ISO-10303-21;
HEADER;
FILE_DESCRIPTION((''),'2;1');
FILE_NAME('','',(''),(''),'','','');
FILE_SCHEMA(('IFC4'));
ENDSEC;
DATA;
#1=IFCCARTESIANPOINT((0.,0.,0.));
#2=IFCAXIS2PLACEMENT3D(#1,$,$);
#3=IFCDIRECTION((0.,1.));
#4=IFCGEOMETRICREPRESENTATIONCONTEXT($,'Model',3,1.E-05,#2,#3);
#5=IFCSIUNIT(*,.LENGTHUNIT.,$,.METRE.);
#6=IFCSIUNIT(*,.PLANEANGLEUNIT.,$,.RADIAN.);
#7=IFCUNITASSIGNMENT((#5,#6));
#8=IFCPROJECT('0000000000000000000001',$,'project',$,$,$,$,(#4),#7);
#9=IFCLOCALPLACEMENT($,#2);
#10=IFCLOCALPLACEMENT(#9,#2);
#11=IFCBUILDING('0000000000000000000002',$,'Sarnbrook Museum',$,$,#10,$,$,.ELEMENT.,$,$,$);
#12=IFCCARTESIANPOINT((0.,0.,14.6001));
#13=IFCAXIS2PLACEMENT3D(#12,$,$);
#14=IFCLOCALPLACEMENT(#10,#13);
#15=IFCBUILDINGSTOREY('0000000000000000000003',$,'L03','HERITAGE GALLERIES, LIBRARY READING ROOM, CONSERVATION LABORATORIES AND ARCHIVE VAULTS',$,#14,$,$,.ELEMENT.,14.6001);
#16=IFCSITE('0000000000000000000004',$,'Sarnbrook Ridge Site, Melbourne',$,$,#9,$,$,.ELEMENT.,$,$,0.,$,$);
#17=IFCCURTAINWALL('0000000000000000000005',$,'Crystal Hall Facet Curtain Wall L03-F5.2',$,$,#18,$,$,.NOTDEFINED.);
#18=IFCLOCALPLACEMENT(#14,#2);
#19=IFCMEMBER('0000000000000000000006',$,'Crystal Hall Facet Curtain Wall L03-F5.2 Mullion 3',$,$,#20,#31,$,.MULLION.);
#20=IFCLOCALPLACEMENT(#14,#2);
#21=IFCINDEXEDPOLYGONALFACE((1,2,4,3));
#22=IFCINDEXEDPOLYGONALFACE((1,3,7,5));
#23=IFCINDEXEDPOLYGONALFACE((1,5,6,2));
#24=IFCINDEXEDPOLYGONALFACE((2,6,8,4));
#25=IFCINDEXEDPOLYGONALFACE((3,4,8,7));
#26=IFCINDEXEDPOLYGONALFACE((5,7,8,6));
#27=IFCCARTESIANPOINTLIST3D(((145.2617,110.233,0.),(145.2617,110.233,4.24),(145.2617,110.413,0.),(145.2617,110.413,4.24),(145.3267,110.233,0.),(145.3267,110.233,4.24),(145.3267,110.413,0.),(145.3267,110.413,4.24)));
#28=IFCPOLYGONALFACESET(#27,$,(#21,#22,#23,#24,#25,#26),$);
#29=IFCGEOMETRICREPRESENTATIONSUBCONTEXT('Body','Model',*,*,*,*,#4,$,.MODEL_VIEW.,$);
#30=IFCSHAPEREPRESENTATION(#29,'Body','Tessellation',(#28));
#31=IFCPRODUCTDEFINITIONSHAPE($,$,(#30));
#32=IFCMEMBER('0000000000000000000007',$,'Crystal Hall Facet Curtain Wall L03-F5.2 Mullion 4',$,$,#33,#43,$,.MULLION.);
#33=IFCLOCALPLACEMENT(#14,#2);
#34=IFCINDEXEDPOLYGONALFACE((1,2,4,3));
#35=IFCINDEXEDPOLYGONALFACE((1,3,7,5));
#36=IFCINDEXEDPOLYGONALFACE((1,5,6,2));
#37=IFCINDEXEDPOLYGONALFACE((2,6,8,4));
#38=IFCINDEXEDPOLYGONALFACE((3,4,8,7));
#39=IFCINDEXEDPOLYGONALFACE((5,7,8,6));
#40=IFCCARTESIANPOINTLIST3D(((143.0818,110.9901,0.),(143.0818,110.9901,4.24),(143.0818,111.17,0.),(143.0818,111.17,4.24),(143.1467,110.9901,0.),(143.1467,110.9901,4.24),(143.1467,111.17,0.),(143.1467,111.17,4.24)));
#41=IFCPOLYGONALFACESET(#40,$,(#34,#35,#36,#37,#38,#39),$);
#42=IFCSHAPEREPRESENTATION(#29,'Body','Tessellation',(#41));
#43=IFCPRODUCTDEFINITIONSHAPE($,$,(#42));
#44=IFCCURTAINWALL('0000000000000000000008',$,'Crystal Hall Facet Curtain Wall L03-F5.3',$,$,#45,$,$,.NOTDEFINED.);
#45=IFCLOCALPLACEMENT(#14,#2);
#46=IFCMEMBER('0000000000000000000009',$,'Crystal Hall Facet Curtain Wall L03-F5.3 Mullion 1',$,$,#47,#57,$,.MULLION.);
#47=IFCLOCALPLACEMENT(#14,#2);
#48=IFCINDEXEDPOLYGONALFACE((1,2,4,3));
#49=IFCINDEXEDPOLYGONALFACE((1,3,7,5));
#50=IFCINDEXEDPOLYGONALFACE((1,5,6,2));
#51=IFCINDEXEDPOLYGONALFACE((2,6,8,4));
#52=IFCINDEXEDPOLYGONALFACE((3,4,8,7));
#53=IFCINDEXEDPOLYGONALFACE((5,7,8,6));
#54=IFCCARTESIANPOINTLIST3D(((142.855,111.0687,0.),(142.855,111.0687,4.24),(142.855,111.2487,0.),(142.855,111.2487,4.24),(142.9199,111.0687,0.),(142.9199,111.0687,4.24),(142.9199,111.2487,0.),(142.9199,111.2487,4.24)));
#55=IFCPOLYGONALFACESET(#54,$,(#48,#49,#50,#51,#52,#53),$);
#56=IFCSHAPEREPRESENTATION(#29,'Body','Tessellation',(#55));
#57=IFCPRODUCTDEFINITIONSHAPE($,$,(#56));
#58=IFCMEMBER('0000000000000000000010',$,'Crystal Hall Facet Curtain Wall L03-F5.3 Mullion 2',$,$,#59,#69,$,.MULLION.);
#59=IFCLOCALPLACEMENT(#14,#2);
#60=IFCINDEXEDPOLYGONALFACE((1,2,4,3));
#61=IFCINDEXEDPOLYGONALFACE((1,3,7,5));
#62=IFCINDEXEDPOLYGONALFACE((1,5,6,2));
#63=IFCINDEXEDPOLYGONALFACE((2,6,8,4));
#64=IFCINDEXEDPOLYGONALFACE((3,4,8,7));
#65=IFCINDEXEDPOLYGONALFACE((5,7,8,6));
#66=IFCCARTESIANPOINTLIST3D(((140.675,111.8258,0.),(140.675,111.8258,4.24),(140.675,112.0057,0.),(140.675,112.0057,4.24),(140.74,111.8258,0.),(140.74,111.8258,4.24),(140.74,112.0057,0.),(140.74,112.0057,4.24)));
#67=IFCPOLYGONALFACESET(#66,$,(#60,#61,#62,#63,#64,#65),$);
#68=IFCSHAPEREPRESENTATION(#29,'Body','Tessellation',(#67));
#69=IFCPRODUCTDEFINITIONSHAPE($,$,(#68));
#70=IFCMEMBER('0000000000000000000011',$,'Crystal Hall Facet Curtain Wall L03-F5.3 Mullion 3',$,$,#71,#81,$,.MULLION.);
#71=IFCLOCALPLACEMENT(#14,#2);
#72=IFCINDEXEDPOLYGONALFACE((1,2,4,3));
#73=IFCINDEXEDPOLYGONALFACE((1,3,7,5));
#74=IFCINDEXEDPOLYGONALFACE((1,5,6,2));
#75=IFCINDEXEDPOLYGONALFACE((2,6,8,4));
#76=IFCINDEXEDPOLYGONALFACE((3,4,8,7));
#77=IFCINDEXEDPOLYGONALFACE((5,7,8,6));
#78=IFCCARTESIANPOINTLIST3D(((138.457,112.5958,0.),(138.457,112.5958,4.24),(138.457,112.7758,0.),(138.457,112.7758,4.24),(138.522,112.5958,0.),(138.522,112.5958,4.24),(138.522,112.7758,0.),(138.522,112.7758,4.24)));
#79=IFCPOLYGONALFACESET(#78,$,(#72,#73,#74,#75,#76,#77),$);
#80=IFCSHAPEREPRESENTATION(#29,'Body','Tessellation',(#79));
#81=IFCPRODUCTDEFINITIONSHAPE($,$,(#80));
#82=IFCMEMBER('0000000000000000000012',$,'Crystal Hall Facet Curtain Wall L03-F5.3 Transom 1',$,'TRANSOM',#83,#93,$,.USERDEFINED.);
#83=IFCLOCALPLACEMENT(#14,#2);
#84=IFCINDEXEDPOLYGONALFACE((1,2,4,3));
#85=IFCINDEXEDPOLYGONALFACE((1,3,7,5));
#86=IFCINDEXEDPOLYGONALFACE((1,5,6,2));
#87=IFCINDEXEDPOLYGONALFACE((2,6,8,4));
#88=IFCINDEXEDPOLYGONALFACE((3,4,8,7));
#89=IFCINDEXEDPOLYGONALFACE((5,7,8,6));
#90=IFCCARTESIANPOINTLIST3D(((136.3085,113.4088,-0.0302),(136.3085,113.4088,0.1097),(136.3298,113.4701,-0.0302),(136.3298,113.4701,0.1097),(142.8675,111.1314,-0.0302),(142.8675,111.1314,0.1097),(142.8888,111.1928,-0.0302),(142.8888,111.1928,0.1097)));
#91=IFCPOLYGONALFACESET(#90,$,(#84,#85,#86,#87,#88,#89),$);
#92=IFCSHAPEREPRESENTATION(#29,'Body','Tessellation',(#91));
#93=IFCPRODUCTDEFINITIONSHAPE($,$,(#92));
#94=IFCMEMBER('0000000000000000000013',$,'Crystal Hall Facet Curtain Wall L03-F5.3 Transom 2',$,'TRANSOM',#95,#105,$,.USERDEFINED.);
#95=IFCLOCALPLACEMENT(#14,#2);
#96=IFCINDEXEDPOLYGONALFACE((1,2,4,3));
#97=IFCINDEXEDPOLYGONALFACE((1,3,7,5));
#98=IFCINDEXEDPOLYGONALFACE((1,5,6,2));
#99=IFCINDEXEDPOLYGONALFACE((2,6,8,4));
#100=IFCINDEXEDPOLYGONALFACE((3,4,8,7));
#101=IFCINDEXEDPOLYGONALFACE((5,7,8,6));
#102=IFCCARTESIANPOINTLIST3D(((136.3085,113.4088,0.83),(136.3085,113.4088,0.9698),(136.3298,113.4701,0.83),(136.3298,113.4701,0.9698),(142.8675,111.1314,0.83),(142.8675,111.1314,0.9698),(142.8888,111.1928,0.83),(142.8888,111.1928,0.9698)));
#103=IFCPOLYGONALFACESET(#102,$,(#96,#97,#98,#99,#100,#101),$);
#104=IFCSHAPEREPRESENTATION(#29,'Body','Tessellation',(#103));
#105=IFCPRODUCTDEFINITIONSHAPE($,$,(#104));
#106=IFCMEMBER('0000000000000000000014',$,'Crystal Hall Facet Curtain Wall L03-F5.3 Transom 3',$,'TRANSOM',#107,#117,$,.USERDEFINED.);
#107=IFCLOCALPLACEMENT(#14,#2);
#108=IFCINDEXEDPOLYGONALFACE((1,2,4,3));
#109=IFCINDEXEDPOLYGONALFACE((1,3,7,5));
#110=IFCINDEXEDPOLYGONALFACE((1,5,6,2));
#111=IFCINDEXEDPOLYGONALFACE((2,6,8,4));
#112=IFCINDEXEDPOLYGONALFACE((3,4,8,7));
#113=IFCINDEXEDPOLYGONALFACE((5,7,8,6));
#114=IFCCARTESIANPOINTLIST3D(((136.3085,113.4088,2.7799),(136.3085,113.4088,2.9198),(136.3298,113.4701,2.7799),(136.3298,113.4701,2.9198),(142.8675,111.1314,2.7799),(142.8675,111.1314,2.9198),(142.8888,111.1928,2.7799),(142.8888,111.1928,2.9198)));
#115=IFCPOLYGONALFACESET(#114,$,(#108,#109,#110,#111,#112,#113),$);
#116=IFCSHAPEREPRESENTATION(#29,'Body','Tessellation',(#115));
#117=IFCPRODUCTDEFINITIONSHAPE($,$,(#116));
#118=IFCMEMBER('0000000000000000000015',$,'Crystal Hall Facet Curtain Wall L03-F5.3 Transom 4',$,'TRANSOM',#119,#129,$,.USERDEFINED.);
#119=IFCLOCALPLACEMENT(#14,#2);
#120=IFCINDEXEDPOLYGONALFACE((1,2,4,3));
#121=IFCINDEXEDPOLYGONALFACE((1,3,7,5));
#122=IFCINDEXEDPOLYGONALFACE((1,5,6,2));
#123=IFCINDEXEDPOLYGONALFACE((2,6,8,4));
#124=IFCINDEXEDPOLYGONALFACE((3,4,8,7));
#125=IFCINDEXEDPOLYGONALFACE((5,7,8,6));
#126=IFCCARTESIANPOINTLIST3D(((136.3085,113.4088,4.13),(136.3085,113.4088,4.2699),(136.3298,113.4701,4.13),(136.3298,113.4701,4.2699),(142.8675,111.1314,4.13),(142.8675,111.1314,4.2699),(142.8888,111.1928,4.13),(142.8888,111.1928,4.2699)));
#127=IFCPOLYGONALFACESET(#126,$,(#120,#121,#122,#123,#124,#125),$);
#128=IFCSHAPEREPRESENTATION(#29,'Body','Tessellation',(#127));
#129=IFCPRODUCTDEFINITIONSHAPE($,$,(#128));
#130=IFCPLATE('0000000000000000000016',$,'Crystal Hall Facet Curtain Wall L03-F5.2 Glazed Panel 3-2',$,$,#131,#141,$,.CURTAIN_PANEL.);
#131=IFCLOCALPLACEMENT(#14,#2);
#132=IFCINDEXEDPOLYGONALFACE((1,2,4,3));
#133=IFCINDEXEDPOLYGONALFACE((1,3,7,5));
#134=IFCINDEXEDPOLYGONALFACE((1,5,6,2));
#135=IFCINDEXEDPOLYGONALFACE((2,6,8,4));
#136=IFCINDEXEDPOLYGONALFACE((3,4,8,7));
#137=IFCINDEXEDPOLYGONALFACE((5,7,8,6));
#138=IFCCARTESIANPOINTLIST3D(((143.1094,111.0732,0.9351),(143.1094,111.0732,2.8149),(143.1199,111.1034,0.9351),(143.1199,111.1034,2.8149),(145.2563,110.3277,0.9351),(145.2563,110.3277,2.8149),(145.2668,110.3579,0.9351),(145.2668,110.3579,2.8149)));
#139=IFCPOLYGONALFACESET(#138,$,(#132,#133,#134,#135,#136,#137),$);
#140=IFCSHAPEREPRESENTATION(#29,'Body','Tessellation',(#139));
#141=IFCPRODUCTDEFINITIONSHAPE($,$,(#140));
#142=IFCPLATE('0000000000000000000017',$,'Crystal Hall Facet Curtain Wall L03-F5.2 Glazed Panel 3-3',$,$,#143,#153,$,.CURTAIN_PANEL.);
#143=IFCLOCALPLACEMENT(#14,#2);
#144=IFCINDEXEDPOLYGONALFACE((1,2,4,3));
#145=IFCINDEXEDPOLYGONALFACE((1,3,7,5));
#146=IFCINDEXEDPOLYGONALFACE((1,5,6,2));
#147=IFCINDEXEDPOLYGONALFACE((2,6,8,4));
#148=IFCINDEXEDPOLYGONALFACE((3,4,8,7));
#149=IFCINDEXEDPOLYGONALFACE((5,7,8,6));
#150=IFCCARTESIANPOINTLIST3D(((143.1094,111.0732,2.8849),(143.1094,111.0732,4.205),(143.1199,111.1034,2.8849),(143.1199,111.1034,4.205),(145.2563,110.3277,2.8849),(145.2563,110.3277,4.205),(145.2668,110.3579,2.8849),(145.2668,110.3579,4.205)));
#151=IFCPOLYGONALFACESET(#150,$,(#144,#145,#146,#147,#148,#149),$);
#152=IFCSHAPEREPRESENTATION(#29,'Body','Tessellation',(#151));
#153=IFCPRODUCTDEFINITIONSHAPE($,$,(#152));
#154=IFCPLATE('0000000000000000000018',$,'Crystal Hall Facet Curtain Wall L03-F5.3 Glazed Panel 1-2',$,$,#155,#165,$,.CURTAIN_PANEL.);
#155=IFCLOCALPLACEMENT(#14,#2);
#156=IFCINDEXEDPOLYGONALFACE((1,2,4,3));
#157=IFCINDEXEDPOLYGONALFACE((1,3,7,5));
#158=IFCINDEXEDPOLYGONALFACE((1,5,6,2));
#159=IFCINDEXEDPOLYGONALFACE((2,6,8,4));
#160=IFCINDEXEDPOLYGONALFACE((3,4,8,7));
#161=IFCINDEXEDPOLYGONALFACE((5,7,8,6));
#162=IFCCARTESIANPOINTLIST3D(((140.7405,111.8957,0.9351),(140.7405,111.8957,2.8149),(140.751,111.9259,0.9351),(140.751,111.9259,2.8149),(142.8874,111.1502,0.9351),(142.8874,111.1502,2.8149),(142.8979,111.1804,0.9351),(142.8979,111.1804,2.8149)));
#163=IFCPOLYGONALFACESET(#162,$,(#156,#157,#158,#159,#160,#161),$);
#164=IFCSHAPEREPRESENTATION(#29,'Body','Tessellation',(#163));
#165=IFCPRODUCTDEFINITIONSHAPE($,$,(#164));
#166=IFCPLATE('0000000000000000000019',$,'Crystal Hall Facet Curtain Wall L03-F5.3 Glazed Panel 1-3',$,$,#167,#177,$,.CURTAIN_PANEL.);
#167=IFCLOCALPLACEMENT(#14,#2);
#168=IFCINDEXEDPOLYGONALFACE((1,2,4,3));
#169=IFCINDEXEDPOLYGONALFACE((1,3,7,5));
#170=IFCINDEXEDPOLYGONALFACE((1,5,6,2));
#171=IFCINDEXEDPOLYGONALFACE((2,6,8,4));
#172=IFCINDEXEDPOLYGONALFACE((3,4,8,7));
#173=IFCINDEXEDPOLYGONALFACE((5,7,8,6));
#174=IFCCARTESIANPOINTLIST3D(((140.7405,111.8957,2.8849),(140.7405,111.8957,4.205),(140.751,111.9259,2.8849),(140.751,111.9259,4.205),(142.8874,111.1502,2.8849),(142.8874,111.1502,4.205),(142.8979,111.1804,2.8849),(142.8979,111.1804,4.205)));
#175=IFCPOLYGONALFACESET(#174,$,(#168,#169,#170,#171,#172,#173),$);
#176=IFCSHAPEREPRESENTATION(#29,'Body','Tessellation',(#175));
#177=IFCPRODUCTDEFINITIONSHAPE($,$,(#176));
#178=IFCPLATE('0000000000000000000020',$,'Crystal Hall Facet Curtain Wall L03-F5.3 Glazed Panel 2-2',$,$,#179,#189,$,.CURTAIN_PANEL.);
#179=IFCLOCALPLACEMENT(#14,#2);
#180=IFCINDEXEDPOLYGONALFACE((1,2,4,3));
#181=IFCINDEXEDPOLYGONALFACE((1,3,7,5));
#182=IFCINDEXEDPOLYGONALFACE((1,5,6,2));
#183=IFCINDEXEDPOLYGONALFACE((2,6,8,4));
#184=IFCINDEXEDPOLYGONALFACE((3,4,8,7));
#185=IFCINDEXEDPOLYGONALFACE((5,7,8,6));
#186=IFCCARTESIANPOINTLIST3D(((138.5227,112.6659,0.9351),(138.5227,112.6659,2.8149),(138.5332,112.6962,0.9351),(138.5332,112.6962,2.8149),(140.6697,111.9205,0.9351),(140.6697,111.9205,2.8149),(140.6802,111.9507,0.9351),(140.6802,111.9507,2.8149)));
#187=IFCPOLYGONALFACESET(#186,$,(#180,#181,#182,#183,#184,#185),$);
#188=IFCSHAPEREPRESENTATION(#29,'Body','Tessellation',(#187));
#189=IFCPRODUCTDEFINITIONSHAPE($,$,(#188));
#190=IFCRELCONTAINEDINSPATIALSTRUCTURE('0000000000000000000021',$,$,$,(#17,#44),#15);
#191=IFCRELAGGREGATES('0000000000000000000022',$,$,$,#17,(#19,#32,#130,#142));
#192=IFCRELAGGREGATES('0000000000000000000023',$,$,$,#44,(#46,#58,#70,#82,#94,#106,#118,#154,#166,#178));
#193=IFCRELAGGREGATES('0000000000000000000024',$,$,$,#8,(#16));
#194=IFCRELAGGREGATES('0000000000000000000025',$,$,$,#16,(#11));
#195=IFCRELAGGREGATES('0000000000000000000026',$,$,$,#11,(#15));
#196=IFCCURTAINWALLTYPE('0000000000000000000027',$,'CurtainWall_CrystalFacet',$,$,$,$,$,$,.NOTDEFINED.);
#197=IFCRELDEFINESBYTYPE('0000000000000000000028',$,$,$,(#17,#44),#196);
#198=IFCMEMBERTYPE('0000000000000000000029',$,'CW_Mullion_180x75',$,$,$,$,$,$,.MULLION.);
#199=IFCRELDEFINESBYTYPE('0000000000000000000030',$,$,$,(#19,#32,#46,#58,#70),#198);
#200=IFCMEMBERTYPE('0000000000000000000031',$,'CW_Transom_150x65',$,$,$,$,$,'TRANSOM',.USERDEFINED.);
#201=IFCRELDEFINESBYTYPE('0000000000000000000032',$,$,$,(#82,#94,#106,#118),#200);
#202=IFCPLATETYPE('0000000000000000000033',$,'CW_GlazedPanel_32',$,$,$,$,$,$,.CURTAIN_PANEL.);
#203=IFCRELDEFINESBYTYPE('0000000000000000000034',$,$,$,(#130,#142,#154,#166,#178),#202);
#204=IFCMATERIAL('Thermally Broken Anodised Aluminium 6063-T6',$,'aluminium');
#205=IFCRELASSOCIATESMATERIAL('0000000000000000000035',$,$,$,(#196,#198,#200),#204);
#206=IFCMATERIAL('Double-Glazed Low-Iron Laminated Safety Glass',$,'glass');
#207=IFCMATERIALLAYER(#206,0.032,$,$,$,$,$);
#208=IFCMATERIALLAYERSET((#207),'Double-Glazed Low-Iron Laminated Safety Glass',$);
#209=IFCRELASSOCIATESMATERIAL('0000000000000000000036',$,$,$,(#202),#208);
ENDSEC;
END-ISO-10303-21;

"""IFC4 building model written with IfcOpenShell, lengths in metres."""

from ifc_helpers import new_model, si_unit, direction, frame, origin, origin_2d, place, context, subcontext, project, spatial, rectangle, extrude, material, layer, layer_set, material_profile, profile_set, type_object, element, aggregate, save


model = new_model("IFC4")

# Units and contexts
model_context = context("Model", 3, precision=1e-05, world=origin(), true_north=direction((0.0, 1.0)))
body_context = subcontext(model_context, "Body", "Model", "MODEL_VIEW")
ifc_project = project(units=[si_unit("LENGTHUNIT", "METRE"), si_unit("PLANEANGLEUNIT", "RADIAN")], contexts=[model_context])

# Site, building, storey
site_placement = place(None, origin())
site = spatial("IfcSite", under=ifc_project, at=site_placement, Name="Sarnbrook Ridge Site, Melbourne", CompositionType="ELEMENT", RefElevation=0.0)
building_placement = place(site_placement, origin())
building = spatial("IfcBuilding", under=site, at=building_placement, Name="Sarnbrook Museum", CompositionType="ELEMENT")
storey_placement = place(building_placement, frame((0.0, 0.0, 14.6001)))
storey = spatial("IfcBuildingStorey", under=building, at=storey_placement, Name="L03", Description="HERITAGE GALLERIES, LIBRARY READING ROOM, CONSERVATION LABORATORIES AND ARCHIVE VAULTS", CompositionType="ELEMENT", Elevation=14.6001)

# Curtain walls, members
ifc_material_1 = material(Name="Thermally Broken Anodised Aluminium 6063-T6", Category="aluminium")
curtain_wall_type = type_object("IfcCurtainWallType", Name="CurtainWall_CrystalFacet", PredefinedType="NOTDEFINED", material=ifc_material_1)
curtain_wall_1_placement = place(storey_placement, origin())
curtain_wall_1 = element("IfcCurtainWall", 1, at=curtain_wall_1_placement, inside=storey, type_object=curtain_wall_type, Name="Crystal Hall Facet Curtain Wall L03-F5.2", PredefinedType="NOTDEFINED")
ifc_material_profile_1 = material_profile(ifc_material_1, rectangle(XDim=0.0649, YDim=0.1799, at=origin_2d()), Name="ALU MULLION 65x180")
ifc_profile_set_1 = profile_set([ifc_material_profile_1], Name="Thermally Broken Anodised Aluminium 6063-T6")
member_type_1 = type_object("IfcMemberType", Name="CW_Mullion_180x75", PredefinedType="MULLION", material=ifc_profile_set_1)
member_1_placement = place(storey_placement, frame((145.2942, 110.323, 0.0), z_axis=(0.0, 0.0, 1.0), x_axis=(1.0, 0.0, 0.0)))
member_1 = element("IfcMember", 2, at=member_1_placement, type_object=member_type_1, Name="Crystal Hall Facet Curtain Wall L03-F5.2 Mullion 3", PredefinedType="MULLION", context=body_context, shape_type="SweptSolid", body=[
    extrude(rectangle(XDim=0.0649, YDim=0.1799, at=origin_2d()), origin(), (0.0, 0.0, 1.0), 4.24),
])
member_2_placement = place(storey_placement, frame((143.1143, 111.0801, 0.0), z_axis=(0.0, 0.0, 1.0), x_axis=(1.0, 0.0, 0.0)))
member_2 = element("IfcMember", 3, at=member_2_placement, type_object=member_type_1, Name="Crystal Hall Facet Curtain Wall L03-F5.2 Mullion 4", PredefinedType="MULLION", context=body_context, shape_type="SweptSolid", body=[
    extrude(rectangle(XDim=0.0649, YDim=0.1799, at=origin_2d()), origin(), (0.0, 0.0, 1.0), 4.24),
])
curtain_wall_2_placement = place(storey_placement, origin())
curtain_wall_2 = element("IfcCurtainWall", 4, at=curtain_wall_2_placement, inside=storey, type_object=curtain_wall_type, Name="Crystal Hall Facet Curtain Wall L03-F5.3", PredefinedType="NOTDEFINED")
member_3_placement = place(storey_placement, frame((142.8875, 111.1587, 0.0), z_axis=(0.0, 0.0, 1.0), x_axis=(1.0, 0.0, 0.0)))
member_3 = element("IfcMember", 5, at=member_3_placement, type_object=member_type_1, Name="Crystal Hall Facet Curtain Wall L03-F5.3 Mullion 1", PredefinedType="MULLION", context=body_context, shape_type="SweptSolid", body=[
    extrude(rectangle(XDim=0.0649, YDim=0.1799, at=origin_2d()), origin(), (0.0, 0.0, 1.0), 4.24),
])
member_4_placement = place(storey_placement, frame((140.7075, 111.9158, 0.0), z_axis=(0.0, 0.0, 1.0), x_axis=(1.0, 0.0, 0.0)))
member_4 = element("IfcMember", 6, at=member_4_placement, type_object=member_type_1, Name="Crystal Hall Facet Curtain Wall L03-F5.3 Mullion 2", PredefinedType="MULLION", context=body_context, shape_type="SweptSolid", body=[
    extrude(rectangle(XDim=0.0649, YDim=0.1799, at=origin_2d()), origin(), (0.0, 0.0, 1.0), 4.24),
])
member_5_placement = place(storey_placement, frame((138.4895, 112.6858, 0.0), z_axis=(0.0, 0.0, 1.0), x_axis=(1.0, 0.0, 0.0)))
member_5 = element("IfcMember", 7, at=member_5_placement, type_object=member_type_1, Name="Crystal Hall Facet Curtain Wall L03-F5.3 Mullion 3", PredefinedType="MULLION", context=body_context, shape_type="SweptSolid", body=[
    extrude(rectangle(XDim=0.0649, YDim=0.1799, at=origin_2d()), origin(), (0.0, 0.0, 1.0), 4.24),
])
ifc_material_profile_2 = material_profile(ifc_material_1, rectangle(XDim=0.0649, YDim=0.1399, at=origin_2d()), Name="ALU TRANSOM 65x140")
ifc_profile_set_2 = profile_set([ifc_material_profile_2], Name="Thermally Broken Anodised Aluminium 6063-T6")
member_type_2 = type_object("IfcMemberType", Name="CW_Transom_150x65", ElementType="TRANSOM", PredefinedType="USERDEFINED", material=ifc_profile_set_2)
member_6_placement = place(storey_placement, frame((142.8782, 111.1621, 0.0398), z_axis=(-0.944679, 0.327997, 0.0), x_axis=(-0.327997, -0.944679, 0.0)))
member_6 = element("IfcMember", 8, at=member_6_placement, type_object=member_type_2, Name="Crystal Hall Facet Curtain Wall L03-F5.3 Transom 1", ObjectType="TRANSOM", PredefinedType="USERDEFINED", context=body_context, shape_type="SweptSolid", body=[
    extrude(rectangle(XDim=0.0649, YDim=0.1399, at=origin_2d()), origin(), (0.0, 0.0, 1.0), 6.9431),
])
member_7_placement = place(storey_placement, frame((142.8782, 111.1621, 0.8999), z_axis=(-0.944679, 0.327997, 0.0), x_axis=(-0.327997, -0.944679, 0.0)))
member_7 = element("IfcMember", 9, at=member_7_placement, type_object=member_type_2, Name="Crystal Hall Facet Curtain Wall L03-F5.3 Transom 2", ObjectType="TRANSOM", PredefinedType="USERDEFINED", context=body_context, shape_type="SweptSolid", body=[
    extrude(rectangle(XDim=0.0649, YDim=0.1399, at=origin_2d()), origin(), (0.0, 0.0, 1.0), 6.9431),
])
member_8_placement = place(storey_placement, frame((142.8782, 111.1621, 2.8499), z_axis=(-0.944679, 0.327997, 0.0), x_axis=(-0.327997, -0.944679, 0.0)))
member_8 = element("IfcMember", 10, at=member_8_placement, type_object=member_type_2, Name="Crystal Hall Facet Curtain Wall L03-F5.3 Transom 3", ObjectType="TRANSOM", PredefinedType="USERDEFINED", context=body_context, shape_type="SweptSolid", body=[
    extrude(rectangle(XDim=0.0649, YDim=0.1399, at=origin_2d()), origin(), (0.0, 0.0, 1.0), 6.9431),
])
member_9_placement = place(storey_placement, frame((142.8782, 111.1621, 4.2), z_axis=(-0.944679, 0.327997, 0.0), x_axis=(-0.327997, -0.944679, 0.0)))
member_9 = element("IfcMember", 11, at=member_9_placement, type_object=member_type_2, Name="Crystal Hall Facet Curtain Wall L03-F5.3 Transom 4", ObjectType="TRANSOM", PredefinedType="USERDEFINED", context=body_context, shape_type="SweptSolid", body=[
    extrude(rectangle(XDim=0.0649, YDim=0.1399, at=origin_2d()), origin(), (0.0, 0.0, 1.0), 6.9431),
])

# Plates
ifc_material_2 = material(Name="Double-Glazed Low-Iron Laminated Safety Glass", Category="glass")
ifc_layer_1 = layer(ifc_material_2, 0.032)
ifc_layer_set_1 = layer_set([ifc_layer_1], Name="Double-Glazed Low-Iron Laminated Safety Glass")
plate_type_1 = type_object("IfcPlateType", Name="CW_GlazedPanel_32", PredefinedType="CURTAIN_PANEL", material=ifc_layer_set_1)
plate_1_placement = place(storey_placement, frame((144.1829, 110.7004, 1.875), z_axis=(0.32801, 0.944674, 0.0), x_axis=(-0.944674, 0.32801, 0.0)))
plate_1 = element("IfcPlate", 12, at=plate_1_placement, type_object=plate_type_1, Name="Crystal Hall Facet Curtain Wall L03-F5.2 Glazed Panel 3-2", PredefinedType="CURTAIN_PANEL", context=body_context, shape_type="SweptSolid", body=[
    extrude(rectangle(XDim=2.2727, YDim=1.8799, at=origin_2d()), origin(), (0.0, 0.0, 1.0), 0.032),
])
plate_2_placement = place(storey_placement, frame((144.1829, 110.7004, 3.5449), z_axis=(0.32801, 0.944674, 0.0), x_axis=(-0.944674, 0.32801, 0.0)))
plate_2 = element("IfcPlate", 13, at=plate_2_placement, type_object=plate_type_1, Name="Crystal Hall Facet Curtain Wall L03-F5.2 Glazed Panel 3-3", PredefinedType="CURTAIN_PANEL", context=body_context, shape_type="SweptSolid", body=[
    extrude(rectangle(XDim=2.2727, YDim=1.3201, at=origin_2d()), origin(), (0.0, 0.0, 1.0), 0.032),
])
plate_3_placement = place(storey_placement, frame((141.814, 111.5229, 1.875), z_axis=(0.32801, 0.944674, 0.0), x_axis=(-0.944674, 0.32801, 0.0)))
plate_3 = element("IfcPlate", 14, at=plate_3_placement, type_object=plate_type_1, Name="Crystal Hall Facet Curtain Wall L03-F5.3 Glazed Panel 1-2", PredefinedType="CURTAIN_PANEL", context=body_context, shape_type="SweptSolid", body=[
    extrude(rectangle(XDim=2.2727, YDim=1.8799, at=origin_2d()), origin(), (0.0, 0.0, 1.0), 0.032),
])
plate_4_placement = place(storey_placement, frame((141.814, 111.5229, 3.5449), z_axis=(0.32801, 0.944674, 0.0), x_axis=(-0.944674, 0.32801, 0.0)))
plate_4 = element("IfcPlate", 15, at=plate_4_placement, type_object=plate_type_1, Name="Crystal Hall Facet Curtain Wall L03-F5.3 Glazed Panel 1-3", PredefinedType="CURTAIN_PANEL", context=body_context, shape_type="SweptSolid", body=[
    extrude(rectangle(XDim=2.2727, YDim=1.3201, at=origin_2d()), origin(), (0.0, 0.0, 1.0), 0.032),
])
plate_5_placement = place(storey_placement, frame((139.5962, 112.2932, 1.875), z_axis=(0.32801, 0.944674, 0.0), x_axis=(-0.944674, 0.32801, 0.0)))
plate_5 = element("IfcPlate", 16, at=plate_5_placement, type_object=plate_type_1, Name="Crystal Hall Facet Curtain Wall L03-F5.3 Glazed Panel 2-2", PredefinedType="CURTAIN_PANEL", context=body_context, shape_type="SweptSolid", body=[
    extrude(rectangle(XDim=2.2727, YDim=1.8799, at=origin_2d()), origin(), (0.0, 0.0, 1.0), 0.032),
])
aggregate(curtain_wall_1, [member_1, member_2, plate_1, plate_2])
aggregate(curtain_wall_2, [member_3, member_4, member_5, member_6, member_7, member_8, member_9, plate_3, plate_4, plate_5])

save(model, "model.ifc")
